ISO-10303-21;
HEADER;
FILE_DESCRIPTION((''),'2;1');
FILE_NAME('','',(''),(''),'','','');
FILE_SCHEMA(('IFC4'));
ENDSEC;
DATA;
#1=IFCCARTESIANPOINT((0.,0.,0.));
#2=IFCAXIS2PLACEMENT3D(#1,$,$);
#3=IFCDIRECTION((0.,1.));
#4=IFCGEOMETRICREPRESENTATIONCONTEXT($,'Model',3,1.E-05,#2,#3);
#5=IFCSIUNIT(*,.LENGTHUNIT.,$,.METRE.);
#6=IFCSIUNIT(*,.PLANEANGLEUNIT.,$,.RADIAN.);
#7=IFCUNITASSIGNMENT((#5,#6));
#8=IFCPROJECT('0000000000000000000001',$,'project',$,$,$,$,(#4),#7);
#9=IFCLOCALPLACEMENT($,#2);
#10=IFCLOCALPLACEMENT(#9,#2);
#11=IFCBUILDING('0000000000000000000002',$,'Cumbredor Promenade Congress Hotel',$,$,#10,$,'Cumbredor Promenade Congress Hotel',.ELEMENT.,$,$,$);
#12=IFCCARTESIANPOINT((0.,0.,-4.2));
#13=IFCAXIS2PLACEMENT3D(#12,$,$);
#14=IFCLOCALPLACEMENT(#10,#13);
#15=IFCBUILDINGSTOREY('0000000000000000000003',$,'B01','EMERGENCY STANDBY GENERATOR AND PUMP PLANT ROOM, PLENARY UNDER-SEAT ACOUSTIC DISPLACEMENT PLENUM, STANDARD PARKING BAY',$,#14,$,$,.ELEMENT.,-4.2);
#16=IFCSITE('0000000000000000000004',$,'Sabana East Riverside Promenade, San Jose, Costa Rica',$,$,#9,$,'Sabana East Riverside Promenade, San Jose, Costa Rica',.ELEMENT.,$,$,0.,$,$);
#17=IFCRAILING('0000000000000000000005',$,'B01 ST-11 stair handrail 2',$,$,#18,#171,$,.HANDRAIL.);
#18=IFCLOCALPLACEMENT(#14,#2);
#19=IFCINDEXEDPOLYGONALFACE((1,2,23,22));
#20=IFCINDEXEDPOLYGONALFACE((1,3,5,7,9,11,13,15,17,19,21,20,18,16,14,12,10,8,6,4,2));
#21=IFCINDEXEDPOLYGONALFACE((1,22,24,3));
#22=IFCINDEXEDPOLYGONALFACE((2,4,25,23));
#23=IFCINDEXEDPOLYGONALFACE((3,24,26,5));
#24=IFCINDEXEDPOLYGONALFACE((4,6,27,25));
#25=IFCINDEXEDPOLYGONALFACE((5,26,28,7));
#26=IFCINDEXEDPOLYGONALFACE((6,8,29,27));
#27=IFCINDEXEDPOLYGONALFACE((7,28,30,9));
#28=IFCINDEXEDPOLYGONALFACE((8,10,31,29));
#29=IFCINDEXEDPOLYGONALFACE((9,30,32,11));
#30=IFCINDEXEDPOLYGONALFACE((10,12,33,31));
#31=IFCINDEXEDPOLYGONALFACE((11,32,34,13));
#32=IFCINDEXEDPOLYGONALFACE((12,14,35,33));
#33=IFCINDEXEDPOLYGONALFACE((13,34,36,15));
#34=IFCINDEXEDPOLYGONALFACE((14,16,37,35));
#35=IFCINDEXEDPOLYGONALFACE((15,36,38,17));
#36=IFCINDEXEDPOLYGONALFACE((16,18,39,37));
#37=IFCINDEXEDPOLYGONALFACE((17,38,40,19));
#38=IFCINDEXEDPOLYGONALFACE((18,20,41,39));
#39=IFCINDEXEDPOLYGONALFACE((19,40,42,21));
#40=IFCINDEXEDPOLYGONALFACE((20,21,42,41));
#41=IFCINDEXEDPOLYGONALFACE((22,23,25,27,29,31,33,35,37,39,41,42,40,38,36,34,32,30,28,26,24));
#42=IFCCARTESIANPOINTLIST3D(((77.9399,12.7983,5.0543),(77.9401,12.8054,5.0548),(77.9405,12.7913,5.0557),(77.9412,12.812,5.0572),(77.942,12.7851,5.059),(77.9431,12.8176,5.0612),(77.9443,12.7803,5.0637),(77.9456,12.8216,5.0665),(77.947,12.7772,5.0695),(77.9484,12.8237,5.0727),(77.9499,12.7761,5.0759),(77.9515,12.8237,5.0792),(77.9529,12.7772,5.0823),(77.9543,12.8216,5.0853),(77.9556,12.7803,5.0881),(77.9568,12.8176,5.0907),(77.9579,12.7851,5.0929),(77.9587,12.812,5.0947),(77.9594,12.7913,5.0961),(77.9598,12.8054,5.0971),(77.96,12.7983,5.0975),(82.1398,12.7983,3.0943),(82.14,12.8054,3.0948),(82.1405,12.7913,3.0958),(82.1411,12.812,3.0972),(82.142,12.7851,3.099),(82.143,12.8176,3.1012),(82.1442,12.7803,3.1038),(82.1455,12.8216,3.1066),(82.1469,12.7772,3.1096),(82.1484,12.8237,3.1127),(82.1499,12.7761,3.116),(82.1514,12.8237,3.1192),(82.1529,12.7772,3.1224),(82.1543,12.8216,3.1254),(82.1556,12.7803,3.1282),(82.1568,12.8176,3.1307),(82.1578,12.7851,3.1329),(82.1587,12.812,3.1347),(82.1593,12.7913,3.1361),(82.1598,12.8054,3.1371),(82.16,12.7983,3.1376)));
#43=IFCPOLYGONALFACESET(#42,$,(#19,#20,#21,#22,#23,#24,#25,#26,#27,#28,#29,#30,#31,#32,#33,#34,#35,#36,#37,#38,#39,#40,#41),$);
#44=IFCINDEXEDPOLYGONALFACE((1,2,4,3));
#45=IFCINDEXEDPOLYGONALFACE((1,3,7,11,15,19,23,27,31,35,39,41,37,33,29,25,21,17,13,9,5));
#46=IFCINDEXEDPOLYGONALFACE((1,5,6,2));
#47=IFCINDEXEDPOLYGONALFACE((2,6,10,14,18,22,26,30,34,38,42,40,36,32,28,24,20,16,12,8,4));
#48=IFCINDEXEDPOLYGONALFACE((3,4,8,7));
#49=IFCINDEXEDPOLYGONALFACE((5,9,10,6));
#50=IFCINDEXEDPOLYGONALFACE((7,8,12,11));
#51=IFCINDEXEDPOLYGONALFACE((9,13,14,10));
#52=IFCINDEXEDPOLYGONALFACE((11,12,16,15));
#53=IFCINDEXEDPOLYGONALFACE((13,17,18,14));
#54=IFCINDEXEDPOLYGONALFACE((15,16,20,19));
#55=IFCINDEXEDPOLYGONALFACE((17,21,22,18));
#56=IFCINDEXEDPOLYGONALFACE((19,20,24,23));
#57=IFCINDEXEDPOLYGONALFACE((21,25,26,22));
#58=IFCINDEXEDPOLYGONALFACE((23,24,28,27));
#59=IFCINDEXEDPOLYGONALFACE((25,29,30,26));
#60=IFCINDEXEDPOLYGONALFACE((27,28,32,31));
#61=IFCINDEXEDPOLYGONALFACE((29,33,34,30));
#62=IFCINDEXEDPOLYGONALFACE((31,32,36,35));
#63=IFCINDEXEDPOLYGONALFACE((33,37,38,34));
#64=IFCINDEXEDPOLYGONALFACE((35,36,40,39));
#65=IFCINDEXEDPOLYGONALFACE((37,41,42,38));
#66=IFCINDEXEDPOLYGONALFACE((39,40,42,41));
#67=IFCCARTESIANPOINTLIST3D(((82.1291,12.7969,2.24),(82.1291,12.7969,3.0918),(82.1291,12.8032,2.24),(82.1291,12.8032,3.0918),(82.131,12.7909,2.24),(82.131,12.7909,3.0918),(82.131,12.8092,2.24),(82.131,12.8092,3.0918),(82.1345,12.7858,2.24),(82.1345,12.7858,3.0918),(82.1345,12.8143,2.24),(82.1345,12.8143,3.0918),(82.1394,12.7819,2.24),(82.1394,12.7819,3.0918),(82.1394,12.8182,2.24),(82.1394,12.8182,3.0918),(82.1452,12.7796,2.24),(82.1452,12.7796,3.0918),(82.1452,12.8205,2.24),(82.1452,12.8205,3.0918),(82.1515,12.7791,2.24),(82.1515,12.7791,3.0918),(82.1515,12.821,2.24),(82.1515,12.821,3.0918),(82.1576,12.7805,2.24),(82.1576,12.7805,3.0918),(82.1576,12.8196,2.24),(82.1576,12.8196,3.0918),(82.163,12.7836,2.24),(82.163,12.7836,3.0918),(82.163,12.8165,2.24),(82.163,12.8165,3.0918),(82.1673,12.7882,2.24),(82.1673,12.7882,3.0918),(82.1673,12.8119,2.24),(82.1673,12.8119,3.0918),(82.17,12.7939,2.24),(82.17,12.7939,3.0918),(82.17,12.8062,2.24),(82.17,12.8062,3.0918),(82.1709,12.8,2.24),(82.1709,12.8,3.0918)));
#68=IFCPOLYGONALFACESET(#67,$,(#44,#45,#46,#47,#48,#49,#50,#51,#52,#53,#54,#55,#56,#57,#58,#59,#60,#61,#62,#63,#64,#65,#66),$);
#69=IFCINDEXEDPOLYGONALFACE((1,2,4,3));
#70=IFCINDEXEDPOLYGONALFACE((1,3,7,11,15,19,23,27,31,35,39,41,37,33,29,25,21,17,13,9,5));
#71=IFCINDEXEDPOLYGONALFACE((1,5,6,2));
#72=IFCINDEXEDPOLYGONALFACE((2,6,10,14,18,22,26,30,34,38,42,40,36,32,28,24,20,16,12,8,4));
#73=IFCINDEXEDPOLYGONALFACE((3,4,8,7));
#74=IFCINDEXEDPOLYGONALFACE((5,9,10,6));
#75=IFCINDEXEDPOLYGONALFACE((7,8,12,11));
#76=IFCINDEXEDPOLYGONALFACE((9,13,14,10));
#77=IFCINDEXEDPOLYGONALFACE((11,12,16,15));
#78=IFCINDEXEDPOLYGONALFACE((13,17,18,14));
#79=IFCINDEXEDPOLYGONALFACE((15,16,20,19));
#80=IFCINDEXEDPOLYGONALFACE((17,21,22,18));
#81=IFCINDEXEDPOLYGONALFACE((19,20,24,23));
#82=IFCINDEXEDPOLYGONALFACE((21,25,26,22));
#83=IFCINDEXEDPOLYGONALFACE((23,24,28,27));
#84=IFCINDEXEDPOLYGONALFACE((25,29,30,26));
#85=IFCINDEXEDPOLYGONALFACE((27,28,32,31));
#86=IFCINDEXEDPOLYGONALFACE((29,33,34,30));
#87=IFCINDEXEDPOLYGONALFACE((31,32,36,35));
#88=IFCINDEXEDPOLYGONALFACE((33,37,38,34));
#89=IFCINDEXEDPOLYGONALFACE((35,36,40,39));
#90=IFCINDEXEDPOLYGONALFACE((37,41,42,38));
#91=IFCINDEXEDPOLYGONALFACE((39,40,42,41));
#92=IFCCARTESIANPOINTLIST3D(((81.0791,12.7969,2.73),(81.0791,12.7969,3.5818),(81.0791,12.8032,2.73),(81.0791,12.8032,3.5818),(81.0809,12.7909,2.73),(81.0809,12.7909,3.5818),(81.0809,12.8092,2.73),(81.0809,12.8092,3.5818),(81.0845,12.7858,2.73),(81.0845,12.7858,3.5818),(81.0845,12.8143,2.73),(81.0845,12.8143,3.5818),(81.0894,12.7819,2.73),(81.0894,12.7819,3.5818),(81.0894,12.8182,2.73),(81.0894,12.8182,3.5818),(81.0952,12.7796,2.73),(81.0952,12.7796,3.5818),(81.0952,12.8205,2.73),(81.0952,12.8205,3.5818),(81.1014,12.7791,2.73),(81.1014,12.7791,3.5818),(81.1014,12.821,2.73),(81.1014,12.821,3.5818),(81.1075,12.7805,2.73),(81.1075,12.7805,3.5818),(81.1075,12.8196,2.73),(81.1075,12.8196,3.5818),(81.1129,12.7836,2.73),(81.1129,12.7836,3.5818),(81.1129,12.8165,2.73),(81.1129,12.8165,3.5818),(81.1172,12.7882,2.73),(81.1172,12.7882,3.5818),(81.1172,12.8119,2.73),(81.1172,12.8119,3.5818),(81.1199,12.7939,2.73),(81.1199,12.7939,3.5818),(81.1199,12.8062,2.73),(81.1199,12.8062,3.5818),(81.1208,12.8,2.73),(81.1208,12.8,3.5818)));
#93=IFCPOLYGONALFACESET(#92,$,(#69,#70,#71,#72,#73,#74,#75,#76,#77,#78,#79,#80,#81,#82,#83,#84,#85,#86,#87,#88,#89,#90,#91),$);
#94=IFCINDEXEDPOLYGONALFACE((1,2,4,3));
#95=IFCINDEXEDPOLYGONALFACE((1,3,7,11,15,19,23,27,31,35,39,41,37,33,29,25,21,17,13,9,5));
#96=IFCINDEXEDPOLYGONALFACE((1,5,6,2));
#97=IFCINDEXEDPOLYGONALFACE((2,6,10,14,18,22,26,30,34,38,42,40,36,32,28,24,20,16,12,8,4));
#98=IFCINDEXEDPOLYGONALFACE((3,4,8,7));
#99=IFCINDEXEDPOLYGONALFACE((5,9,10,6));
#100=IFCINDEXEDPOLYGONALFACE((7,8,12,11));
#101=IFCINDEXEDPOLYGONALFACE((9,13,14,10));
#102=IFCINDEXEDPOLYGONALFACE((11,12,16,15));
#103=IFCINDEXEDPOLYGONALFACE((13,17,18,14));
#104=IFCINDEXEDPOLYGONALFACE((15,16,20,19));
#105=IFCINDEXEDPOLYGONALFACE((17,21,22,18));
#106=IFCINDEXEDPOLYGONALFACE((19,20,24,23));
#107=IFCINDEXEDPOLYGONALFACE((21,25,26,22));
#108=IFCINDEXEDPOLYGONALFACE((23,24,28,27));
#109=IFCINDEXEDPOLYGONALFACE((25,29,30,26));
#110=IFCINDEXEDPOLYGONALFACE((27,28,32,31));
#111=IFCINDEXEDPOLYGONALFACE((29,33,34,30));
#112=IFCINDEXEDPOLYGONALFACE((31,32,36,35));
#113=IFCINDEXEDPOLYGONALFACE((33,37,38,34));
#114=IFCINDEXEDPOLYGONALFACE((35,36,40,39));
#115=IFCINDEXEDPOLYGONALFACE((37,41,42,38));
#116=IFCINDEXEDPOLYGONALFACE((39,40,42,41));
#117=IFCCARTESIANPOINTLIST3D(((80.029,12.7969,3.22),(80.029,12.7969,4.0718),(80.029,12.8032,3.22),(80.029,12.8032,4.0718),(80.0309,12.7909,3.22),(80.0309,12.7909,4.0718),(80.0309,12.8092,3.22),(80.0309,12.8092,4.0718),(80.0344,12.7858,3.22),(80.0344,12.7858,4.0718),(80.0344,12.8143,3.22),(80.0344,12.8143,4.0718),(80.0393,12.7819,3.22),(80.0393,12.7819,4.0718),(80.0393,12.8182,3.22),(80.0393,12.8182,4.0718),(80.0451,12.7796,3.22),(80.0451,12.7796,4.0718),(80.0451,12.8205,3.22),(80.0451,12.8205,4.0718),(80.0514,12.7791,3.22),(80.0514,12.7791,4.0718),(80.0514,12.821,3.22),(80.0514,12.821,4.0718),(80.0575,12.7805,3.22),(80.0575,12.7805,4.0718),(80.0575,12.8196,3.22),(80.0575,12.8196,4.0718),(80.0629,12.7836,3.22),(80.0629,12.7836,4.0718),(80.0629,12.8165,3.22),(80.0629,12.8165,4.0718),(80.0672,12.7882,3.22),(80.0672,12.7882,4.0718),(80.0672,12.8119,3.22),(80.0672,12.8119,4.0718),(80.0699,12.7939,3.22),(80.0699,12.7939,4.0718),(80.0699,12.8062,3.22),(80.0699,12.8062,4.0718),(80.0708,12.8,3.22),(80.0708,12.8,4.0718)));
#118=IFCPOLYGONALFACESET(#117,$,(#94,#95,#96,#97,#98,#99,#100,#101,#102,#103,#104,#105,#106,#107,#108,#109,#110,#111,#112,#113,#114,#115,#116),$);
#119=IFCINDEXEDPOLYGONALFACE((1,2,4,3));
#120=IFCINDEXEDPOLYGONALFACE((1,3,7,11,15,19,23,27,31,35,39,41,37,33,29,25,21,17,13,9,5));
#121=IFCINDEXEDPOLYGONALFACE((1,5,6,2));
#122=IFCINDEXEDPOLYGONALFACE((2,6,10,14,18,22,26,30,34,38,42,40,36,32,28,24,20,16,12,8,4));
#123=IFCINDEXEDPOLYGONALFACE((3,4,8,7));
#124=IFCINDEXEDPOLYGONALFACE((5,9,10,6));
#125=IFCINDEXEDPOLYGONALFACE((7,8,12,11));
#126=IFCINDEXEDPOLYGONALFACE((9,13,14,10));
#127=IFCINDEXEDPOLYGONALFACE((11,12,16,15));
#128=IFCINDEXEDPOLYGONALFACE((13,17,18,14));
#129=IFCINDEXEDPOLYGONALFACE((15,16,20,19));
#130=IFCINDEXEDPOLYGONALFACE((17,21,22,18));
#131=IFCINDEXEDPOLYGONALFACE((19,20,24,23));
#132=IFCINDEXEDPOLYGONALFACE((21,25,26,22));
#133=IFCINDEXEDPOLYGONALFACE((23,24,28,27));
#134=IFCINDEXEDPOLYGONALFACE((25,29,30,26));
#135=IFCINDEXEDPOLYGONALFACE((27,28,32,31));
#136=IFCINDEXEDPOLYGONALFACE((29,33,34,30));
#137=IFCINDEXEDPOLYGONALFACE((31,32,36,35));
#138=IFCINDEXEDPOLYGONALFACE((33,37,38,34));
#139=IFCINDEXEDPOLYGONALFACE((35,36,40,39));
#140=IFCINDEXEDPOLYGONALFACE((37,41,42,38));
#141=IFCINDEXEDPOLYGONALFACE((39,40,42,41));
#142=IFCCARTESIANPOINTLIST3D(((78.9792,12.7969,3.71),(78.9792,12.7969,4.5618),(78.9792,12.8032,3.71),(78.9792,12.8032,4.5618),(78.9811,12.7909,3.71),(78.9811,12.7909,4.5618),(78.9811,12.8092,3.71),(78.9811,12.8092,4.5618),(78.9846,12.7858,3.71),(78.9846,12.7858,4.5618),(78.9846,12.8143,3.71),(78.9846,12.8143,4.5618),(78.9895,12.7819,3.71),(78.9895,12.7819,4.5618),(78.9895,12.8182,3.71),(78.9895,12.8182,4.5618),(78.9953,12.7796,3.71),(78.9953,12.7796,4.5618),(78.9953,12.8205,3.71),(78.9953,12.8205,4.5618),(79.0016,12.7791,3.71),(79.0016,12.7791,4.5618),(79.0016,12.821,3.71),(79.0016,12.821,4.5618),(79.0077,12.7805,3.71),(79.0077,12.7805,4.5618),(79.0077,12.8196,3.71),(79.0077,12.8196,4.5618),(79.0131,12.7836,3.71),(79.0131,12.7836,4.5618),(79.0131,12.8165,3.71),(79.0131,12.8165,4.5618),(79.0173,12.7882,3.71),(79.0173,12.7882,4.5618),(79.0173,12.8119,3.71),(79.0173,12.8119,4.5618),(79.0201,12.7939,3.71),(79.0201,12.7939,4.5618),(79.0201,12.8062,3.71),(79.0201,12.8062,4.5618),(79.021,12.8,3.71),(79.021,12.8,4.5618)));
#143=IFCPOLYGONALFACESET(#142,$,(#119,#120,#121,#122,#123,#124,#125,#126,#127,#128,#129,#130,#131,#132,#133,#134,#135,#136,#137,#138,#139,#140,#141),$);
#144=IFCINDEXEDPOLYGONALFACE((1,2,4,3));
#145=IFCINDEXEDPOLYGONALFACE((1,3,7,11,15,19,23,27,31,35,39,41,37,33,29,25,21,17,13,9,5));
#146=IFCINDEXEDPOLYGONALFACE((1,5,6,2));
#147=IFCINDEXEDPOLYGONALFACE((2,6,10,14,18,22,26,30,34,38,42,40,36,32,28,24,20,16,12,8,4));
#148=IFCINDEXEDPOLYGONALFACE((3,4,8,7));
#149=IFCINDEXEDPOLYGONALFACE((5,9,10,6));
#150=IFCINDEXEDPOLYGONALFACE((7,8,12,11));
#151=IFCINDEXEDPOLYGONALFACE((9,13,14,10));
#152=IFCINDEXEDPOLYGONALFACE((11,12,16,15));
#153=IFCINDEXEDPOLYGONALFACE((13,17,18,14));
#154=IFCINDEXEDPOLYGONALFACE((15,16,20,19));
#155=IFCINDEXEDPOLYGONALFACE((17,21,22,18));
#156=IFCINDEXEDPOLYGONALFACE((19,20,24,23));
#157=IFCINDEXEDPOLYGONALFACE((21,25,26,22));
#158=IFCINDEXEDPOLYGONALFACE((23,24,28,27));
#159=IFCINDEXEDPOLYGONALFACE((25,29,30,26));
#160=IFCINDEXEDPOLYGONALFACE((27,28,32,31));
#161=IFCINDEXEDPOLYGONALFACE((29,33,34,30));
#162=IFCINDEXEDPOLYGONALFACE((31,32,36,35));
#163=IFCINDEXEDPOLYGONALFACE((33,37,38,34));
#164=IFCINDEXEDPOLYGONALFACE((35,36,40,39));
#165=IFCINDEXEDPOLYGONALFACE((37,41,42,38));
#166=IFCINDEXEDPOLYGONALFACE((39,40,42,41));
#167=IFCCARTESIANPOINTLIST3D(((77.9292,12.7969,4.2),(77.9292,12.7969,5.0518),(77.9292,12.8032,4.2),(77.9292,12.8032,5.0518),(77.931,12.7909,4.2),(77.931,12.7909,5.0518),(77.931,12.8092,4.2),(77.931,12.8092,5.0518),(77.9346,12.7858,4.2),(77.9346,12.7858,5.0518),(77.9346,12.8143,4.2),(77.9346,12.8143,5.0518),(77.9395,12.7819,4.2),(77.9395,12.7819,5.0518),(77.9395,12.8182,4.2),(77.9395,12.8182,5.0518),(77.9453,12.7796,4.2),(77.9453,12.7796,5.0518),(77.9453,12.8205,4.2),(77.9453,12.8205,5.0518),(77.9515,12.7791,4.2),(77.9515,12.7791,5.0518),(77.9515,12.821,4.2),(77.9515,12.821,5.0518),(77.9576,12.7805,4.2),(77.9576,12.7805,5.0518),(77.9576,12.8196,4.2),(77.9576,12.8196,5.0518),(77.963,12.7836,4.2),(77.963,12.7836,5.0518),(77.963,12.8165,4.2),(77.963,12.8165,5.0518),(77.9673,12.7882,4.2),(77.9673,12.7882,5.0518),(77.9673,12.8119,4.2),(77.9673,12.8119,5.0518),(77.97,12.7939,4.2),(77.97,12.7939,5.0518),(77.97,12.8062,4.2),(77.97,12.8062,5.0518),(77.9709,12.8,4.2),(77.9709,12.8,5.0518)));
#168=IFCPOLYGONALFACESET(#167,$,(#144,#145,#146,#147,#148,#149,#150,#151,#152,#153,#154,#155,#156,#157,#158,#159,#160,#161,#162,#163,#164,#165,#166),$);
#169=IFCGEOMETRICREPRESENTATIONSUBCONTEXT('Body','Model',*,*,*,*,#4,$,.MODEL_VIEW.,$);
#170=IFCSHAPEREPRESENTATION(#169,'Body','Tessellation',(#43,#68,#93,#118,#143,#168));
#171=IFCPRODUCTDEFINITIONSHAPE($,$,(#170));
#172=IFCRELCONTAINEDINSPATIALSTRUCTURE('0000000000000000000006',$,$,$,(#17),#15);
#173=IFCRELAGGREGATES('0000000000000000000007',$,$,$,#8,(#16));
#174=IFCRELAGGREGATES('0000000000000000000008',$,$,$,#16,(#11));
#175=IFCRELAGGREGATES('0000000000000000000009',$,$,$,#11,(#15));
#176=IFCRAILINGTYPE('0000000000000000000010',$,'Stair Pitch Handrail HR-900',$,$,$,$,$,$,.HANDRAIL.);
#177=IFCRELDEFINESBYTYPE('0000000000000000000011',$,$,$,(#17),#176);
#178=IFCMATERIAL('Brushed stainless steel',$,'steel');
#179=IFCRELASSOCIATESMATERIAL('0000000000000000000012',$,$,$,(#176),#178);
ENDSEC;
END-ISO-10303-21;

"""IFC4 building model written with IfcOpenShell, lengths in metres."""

from ifc_helpers import new_model, si_unit, direction, frame, origin, origin_2d, place, context, subcontext, project, spatial, circle, extrude, material, type_object, element, save


model = new_model("IFC4")

# Units and contexts
model_context = context("Model", 3, precision=1e-05, world=origin(), true_north=direction((0.0, 1.0)))
body_context = subcontext(model_context, "Body", "Model", "MODEL_VIEW")
ifc_project = project(units=[si_unit("LENGTHUNIT", "METRE"), si_unit("PLANEANGLEUNIT", "RADIAN")], contexts=[model_context])

# Site, building, storey
site_placement = place(None, origin())
site = spatial("IfcSite", under=ifc_project, at=site_placement, Name="Sabana East Riverside Promenade, San Jose, Costa Rica", LongName="Sabana East Riverside Promenade, San Jose, Costa Rica", CompositionType="ELEMENT", RefElevation=0.0)
building_placement = place(site_placement, origin())
building = spatial("IfcBuilding", under=site, at=building_placement, Name="Cumbredor Promenade Congress Hotel", LongName="Cumbredor Promenade Congress Hotel", CompositionType="ELEMENT")
storey_placement = place(building_placement, frame((0.0, 0.0, -4.2)))
storey = spatial("IfcBuildingStorey", under=building, at=storey_placement, Name="B01", Description="EMERGENCY STANDBY GENERATOR AND PUMP PLANT ROOM, PLENARY UNDER-SEAT ACOUSTIC DISPLACEMENT PLENUM, STANDARD PARKING BAY", CompositionType="ELEMENT", Elevation=-4.2)

# Shared definitions
ifc_material_1 = material(Name="Brushed stainless steel", Category="steel")

# Railing
railing_type_1 = type_object("IfcRailingType", Name="Stair Pitch Handrail HR-900", PredefinedType="HANDRAIL", material=ifc_material_1)
railing_1_placement = place(storey_placement, frame((82.1499, 12.8, 2.24)))
element("IfcRailing", 1, at=railing_1_placement, inside=storey, type_object=railing_type_1, Name="B01 ST-11 stair handrail 2", PredefinedType="HANDRAIL", context=body_context, shape_type="SweptSolid", body=[
    extrude(circle(Radius=0.0239, at=origin_2d()), frame((0.0, 0.0, 0.876), z_axis=(-0.906184, 0.0, 0.422883), x_axis=(0.0, -1.0, 0.0)), (0.0, 0.0, 1.0), 4.6348),
    extrude(circle(Radius=0.021, at=origin_2d()), origin(), (0.0, 0.0, 1.0), 0.8518),
    extrude(circle(Radius=0.021, at=origin_2d()), frame((-1.05, 0.0, 0.49)), (0.0, 0.0, 1.0), 0.8518),
    extrude(circle(Radius=0.021, at=origin_2d()), frame((-2.1001, 0.0, 0.98)), (0.0, 0.0, 1.0), 0.8518),
    extrude(circle(Radius=0.021, at=origin_2d()), frame((-3.1499, 0.0, 1.47)), (0.0, 0.0, 1.0), 0.8518),
    extrude(circle(Radius=0.021, at=origin_2d()), frame((-4.2, 0.0, 1.96)), (0.0, 0.0, 1.0), 0.8518),
])

save(model, "model.ifc")
